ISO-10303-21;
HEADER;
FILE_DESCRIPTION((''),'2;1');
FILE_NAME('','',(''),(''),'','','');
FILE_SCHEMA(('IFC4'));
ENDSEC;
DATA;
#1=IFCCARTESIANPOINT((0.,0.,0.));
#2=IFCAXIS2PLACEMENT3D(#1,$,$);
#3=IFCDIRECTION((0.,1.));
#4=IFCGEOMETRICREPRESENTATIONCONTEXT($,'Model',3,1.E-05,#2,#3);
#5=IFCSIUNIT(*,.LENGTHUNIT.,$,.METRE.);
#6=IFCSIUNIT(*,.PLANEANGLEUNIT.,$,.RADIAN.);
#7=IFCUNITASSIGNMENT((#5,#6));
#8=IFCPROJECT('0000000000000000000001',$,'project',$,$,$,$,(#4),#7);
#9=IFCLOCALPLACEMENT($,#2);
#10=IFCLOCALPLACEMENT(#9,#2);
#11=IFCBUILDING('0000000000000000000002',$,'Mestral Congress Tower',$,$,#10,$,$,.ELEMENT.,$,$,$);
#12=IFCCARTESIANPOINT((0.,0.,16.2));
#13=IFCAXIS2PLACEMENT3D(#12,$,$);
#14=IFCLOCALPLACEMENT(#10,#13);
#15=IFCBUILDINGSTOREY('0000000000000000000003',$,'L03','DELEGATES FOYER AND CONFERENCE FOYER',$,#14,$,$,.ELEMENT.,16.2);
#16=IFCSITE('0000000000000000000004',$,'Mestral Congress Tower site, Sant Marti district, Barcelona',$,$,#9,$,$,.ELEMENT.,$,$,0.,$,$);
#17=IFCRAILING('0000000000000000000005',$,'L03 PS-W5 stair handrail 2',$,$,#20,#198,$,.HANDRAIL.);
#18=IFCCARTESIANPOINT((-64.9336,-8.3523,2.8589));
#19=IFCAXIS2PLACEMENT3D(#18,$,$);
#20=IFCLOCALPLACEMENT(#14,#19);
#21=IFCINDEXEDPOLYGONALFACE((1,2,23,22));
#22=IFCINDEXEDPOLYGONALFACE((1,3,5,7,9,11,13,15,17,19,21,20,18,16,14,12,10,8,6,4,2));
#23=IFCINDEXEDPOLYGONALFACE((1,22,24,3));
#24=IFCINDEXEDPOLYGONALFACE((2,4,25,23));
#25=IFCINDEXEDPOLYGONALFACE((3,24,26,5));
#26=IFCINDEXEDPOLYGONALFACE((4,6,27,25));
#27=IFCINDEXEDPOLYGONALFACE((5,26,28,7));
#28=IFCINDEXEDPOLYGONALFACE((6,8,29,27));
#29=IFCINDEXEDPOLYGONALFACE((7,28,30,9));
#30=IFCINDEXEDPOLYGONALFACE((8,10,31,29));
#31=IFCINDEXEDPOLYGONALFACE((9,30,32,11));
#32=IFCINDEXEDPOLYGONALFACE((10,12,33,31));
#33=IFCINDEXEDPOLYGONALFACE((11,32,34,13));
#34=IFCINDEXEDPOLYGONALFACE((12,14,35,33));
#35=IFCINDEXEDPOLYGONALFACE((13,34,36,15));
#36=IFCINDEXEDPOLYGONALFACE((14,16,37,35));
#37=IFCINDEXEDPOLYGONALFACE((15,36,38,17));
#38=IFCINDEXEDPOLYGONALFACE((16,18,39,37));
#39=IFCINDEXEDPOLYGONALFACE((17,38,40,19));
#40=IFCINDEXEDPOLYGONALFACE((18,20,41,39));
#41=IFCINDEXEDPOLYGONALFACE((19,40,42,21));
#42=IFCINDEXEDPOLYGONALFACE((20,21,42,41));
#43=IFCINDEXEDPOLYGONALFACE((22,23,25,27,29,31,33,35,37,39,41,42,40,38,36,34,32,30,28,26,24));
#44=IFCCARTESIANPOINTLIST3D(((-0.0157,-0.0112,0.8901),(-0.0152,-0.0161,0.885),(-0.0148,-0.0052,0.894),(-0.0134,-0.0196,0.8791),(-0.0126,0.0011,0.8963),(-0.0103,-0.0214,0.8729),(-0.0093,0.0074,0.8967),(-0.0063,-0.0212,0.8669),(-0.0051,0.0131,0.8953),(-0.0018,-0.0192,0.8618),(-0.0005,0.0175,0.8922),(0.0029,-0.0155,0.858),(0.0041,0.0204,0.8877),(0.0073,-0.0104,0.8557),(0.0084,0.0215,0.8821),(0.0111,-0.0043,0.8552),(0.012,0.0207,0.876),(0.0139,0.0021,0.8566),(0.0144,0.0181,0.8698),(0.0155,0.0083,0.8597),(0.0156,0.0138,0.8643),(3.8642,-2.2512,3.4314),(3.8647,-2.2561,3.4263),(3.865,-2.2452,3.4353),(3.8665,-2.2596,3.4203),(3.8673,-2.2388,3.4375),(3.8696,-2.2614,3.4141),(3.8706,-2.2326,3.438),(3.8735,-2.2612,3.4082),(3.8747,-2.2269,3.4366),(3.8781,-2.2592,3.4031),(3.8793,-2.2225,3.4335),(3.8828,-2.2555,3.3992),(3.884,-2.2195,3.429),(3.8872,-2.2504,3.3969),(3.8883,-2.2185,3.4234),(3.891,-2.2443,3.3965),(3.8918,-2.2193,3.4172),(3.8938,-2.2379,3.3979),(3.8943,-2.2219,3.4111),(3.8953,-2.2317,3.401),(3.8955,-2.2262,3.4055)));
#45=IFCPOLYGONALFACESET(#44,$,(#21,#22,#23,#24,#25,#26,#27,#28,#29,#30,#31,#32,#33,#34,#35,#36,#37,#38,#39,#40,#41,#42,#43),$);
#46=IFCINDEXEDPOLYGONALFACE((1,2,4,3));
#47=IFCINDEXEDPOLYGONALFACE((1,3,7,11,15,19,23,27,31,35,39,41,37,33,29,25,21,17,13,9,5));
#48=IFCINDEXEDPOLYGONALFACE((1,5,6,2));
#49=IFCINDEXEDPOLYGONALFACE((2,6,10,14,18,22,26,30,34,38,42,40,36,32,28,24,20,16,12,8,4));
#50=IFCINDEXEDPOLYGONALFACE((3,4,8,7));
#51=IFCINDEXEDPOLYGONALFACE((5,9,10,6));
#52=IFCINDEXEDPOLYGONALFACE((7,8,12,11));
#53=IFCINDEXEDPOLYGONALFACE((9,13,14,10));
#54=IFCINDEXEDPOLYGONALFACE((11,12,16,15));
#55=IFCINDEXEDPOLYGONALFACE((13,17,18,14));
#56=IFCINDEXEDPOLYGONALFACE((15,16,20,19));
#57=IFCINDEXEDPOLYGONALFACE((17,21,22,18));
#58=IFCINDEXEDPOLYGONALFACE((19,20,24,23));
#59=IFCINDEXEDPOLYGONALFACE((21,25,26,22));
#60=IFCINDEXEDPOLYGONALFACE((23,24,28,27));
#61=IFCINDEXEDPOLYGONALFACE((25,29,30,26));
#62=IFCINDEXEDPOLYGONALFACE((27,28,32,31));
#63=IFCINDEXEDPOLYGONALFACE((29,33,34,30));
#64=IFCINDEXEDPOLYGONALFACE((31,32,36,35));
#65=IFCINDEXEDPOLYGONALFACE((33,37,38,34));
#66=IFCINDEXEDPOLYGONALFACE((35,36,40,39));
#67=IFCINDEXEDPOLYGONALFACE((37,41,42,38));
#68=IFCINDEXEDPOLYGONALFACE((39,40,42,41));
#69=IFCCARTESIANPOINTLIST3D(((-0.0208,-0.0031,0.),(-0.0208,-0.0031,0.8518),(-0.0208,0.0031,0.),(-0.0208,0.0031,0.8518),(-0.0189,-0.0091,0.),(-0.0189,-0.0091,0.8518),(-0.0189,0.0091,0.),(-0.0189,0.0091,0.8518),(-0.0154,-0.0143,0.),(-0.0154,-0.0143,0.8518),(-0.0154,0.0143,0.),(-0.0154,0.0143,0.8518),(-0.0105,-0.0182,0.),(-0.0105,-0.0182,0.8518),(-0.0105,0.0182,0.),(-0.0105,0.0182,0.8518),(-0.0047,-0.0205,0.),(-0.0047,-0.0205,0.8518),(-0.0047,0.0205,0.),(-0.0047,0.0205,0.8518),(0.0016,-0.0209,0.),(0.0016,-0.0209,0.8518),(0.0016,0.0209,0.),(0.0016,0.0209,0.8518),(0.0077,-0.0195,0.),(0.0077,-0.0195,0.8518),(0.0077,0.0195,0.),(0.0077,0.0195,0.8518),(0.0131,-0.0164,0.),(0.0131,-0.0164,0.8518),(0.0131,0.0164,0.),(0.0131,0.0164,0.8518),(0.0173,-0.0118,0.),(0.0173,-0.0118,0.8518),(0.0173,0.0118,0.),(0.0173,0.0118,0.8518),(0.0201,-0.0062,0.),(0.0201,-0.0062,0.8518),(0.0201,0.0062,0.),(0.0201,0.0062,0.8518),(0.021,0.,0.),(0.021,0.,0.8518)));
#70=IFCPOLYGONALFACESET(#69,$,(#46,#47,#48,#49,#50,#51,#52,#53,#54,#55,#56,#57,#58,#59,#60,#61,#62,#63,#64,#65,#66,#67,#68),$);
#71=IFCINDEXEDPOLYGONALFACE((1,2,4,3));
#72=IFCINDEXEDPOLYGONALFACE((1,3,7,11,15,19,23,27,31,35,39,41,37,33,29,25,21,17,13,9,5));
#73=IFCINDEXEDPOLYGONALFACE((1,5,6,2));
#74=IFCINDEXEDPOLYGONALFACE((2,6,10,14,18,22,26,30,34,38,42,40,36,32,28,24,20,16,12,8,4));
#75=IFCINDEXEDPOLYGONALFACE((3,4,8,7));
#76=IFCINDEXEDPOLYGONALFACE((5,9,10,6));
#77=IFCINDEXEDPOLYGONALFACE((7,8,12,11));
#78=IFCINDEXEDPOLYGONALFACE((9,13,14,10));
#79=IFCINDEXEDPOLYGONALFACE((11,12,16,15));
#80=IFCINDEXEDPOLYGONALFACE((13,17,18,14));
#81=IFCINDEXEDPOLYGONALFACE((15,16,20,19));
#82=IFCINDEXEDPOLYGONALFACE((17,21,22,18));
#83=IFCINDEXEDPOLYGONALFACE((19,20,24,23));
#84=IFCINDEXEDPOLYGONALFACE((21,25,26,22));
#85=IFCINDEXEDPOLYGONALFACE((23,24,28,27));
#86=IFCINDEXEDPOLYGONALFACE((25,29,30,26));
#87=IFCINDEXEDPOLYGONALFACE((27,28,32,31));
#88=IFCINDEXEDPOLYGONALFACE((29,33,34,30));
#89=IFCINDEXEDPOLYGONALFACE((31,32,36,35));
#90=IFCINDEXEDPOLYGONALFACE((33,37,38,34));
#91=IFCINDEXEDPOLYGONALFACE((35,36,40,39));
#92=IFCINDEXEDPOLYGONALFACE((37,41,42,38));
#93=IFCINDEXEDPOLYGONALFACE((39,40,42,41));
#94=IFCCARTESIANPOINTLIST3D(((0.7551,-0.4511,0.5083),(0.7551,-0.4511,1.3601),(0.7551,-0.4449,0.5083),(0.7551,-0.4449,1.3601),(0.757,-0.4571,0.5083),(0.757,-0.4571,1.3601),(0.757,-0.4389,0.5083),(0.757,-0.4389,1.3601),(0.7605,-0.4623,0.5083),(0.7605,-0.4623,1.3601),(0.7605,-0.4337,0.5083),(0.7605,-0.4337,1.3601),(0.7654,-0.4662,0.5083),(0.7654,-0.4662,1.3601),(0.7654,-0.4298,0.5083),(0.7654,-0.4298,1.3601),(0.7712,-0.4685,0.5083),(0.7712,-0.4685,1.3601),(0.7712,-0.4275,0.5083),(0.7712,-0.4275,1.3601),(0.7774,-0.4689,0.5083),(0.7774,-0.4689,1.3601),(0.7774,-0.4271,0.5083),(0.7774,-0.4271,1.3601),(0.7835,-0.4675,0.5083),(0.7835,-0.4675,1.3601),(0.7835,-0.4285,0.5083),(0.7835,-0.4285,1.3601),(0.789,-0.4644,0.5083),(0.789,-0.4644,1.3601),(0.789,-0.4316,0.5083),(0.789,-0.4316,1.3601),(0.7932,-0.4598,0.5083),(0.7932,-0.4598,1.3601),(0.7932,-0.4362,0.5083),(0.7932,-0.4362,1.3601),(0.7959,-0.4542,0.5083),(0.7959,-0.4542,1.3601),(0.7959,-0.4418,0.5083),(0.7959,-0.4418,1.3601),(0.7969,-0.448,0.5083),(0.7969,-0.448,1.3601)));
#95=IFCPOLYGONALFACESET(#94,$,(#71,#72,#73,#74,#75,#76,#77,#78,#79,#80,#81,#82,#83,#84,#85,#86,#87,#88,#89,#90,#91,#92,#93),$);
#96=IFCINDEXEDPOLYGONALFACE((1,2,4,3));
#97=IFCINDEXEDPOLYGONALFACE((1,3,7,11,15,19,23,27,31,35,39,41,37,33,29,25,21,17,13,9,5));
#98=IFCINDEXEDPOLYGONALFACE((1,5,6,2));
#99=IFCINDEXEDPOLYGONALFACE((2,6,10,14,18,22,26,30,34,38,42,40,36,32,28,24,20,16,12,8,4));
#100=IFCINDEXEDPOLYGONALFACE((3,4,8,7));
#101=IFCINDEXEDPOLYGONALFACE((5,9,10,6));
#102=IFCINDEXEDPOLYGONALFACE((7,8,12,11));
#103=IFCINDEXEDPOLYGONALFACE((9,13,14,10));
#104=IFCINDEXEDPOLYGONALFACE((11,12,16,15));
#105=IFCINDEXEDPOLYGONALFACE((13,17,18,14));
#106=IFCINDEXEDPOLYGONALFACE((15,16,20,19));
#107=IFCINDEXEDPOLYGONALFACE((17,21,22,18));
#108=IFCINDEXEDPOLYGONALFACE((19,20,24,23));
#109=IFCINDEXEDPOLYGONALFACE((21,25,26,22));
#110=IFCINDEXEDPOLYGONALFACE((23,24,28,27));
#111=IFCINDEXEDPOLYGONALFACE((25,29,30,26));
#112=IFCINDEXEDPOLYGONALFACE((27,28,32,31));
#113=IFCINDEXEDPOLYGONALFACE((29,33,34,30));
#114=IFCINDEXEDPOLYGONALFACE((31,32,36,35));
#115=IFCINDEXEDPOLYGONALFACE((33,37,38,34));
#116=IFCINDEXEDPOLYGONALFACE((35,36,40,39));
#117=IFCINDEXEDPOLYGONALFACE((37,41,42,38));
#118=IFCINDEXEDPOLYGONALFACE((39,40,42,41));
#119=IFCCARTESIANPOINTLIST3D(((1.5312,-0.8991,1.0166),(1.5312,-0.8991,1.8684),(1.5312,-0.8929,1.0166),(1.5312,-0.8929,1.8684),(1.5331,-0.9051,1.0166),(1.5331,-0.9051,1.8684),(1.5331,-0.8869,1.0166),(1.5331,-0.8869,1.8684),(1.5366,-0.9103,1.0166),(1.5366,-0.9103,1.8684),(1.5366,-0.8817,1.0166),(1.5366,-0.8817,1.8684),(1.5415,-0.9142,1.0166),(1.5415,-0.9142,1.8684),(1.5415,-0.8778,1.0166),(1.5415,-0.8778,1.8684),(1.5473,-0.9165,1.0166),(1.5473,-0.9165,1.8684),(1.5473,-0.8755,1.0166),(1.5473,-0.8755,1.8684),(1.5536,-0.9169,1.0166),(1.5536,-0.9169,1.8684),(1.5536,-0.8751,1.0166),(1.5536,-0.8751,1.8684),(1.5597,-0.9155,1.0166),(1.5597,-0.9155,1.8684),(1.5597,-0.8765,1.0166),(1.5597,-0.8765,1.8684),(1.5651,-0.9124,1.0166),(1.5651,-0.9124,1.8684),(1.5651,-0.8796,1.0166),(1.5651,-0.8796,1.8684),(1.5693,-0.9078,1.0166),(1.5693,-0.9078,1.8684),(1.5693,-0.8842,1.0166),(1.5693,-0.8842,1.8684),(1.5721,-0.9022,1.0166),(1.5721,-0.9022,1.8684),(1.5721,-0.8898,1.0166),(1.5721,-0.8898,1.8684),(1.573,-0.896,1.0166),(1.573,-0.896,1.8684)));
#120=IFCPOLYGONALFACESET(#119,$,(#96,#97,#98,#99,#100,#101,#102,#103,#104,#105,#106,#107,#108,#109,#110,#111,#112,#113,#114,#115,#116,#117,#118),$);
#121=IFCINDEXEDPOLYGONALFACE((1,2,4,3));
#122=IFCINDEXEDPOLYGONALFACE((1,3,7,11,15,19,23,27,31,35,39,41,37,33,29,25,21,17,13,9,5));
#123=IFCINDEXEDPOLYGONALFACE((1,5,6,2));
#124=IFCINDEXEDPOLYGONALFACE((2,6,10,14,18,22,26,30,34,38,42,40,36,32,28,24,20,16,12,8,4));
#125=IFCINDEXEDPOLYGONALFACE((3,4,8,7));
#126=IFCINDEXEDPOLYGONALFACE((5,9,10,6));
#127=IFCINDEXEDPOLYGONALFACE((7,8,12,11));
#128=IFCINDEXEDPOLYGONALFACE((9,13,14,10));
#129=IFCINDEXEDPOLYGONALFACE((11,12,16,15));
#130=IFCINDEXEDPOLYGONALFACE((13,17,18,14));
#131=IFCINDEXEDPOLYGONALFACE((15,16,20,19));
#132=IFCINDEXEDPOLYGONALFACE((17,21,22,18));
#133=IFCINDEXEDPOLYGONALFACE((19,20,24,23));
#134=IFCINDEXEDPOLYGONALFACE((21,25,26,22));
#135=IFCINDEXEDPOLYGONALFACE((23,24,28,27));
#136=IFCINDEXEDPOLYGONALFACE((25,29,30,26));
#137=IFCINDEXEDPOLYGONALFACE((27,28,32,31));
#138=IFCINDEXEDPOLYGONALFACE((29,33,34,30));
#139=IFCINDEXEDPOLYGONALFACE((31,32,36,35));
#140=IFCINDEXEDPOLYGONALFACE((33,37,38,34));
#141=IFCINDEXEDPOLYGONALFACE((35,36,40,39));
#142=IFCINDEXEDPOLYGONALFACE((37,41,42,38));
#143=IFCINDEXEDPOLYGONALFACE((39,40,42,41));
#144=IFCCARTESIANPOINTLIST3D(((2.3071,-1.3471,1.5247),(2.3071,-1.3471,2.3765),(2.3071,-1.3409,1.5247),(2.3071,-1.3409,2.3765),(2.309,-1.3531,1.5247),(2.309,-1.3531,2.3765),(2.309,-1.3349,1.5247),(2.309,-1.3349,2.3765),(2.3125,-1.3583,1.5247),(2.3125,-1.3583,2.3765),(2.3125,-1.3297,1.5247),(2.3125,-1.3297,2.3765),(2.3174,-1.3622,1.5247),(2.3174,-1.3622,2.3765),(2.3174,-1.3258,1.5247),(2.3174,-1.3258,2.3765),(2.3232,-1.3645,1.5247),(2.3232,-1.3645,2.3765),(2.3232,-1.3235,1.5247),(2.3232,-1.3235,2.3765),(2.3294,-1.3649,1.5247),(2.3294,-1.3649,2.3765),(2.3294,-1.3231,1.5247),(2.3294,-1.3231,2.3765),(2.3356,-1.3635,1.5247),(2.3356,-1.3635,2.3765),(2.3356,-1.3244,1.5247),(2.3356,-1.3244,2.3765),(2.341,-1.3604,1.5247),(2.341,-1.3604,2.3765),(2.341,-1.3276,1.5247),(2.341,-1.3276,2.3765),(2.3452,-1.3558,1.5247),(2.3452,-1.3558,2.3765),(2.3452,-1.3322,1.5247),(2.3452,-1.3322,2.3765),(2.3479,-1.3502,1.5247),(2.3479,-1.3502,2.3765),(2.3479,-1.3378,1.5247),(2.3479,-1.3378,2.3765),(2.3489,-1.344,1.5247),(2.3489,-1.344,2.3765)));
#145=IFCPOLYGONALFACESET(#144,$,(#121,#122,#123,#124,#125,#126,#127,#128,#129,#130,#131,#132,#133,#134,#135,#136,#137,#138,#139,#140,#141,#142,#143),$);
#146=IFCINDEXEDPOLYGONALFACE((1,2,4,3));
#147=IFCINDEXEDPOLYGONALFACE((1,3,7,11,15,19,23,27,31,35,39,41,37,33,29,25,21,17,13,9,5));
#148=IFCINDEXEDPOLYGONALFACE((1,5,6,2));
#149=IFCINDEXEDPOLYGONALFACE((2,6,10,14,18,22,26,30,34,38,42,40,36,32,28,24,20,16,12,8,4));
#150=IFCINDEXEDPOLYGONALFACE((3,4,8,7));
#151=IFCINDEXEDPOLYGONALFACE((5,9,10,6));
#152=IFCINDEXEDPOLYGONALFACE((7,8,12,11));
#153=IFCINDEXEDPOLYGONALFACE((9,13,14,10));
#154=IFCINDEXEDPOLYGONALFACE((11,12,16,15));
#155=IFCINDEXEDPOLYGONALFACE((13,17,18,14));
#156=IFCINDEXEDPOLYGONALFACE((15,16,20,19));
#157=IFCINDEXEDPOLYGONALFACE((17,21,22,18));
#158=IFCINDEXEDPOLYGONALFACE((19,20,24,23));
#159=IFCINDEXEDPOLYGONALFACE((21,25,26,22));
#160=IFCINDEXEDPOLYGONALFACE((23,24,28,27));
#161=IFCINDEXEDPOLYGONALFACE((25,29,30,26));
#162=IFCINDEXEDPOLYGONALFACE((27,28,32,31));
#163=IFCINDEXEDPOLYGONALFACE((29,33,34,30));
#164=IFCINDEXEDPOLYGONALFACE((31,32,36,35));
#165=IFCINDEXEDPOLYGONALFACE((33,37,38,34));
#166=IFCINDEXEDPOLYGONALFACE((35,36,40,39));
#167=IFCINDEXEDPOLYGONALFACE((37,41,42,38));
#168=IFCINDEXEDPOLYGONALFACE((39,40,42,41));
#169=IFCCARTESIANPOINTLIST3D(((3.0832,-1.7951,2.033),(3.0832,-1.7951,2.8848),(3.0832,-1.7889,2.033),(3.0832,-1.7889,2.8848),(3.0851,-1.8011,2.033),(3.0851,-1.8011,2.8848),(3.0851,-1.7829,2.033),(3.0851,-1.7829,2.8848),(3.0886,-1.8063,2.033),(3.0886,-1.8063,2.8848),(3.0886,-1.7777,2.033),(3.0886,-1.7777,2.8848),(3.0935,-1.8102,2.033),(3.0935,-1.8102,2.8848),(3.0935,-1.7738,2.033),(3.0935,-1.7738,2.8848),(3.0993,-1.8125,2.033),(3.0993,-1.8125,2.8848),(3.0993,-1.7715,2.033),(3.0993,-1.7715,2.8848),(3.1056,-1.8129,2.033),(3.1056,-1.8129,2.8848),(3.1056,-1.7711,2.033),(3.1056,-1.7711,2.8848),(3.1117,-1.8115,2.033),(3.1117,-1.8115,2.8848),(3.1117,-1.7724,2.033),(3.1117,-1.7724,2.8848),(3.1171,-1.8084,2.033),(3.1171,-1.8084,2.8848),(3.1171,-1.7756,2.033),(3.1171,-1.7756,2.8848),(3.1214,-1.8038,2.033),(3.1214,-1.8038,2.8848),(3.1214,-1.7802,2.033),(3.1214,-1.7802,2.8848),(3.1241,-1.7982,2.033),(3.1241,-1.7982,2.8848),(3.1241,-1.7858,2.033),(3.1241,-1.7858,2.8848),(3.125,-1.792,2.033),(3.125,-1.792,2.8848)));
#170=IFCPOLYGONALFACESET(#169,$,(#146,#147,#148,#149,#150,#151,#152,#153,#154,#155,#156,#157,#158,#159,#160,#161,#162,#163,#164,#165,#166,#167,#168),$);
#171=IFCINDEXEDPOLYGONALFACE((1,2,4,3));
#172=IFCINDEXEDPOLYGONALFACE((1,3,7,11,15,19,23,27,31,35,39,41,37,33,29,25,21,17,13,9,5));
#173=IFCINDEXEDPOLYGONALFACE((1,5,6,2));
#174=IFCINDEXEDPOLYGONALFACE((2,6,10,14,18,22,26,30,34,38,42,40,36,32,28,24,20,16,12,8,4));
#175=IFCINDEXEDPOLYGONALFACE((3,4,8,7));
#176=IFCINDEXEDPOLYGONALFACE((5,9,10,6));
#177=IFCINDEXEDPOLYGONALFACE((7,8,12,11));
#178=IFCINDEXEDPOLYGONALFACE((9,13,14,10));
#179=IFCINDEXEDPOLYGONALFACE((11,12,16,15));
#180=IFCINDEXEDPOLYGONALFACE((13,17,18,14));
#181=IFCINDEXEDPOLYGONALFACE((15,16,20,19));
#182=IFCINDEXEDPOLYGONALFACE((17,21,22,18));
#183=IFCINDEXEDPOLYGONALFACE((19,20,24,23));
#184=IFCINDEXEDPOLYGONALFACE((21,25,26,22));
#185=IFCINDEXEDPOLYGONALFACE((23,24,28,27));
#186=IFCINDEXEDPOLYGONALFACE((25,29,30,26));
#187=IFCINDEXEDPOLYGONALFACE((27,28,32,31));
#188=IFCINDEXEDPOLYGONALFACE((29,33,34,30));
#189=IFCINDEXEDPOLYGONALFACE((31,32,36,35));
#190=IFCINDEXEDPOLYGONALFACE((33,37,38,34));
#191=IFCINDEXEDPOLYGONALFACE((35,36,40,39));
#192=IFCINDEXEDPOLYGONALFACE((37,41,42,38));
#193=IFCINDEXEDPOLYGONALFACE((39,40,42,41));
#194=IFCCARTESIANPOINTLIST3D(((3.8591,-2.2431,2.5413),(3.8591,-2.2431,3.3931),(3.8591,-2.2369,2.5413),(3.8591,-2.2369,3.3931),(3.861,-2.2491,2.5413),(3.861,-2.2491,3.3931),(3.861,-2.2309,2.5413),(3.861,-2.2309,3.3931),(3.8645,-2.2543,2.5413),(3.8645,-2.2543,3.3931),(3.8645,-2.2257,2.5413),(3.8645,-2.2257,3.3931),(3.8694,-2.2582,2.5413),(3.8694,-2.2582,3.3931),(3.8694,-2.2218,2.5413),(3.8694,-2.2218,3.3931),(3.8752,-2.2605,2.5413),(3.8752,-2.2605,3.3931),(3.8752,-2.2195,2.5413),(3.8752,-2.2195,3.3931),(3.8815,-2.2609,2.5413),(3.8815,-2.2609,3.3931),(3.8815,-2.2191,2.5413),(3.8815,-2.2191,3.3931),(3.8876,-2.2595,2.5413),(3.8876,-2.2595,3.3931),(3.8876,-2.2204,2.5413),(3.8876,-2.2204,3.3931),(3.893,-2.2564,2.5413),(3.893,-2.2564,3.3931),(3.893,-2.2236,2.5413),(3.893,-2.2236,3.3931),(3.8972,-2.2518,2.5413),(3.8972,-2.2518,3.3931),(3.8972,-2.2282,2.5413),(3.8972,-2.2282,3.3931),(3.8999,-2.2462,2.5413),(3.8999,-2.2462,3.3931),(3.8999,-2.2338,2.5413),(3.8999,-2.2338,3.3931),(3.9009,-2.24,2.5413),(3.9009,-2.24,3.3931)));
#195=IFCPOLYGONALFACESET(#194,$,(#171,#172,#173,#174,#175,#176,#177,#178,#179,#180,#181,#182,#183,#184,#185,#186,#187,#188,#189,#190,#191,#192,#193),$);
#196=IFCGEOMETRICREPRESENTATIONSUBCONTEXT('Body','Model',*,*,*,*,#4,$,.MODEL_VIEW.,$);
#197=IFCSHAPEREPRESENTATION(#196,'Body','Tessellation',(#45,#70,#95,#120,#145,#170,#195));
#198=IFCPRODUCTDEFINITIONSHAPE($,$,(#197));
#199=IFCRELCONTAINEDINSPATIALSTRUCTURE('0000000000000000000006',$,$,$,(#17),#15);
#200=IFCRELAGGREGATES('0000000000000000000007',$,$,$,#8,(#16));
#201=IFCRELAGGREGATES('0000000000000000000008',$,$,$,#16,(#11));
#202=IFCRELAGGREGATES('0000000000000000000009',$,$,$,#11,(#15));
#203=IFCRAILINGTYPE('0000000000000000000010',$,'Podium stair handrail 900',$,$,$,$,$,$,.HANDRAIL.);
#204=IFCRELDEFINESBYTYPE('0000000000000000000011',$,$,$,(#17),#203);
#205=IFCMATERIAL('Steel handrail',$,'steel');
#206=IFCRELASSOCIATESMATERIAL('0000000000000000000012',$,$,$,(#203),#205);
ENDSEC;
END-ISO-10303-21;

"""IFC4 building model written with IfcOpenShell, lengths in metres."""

from ifc_helpers import new_model, si_unit, direction, frame, origin, origin_2d, place, context, subcontext, project, spatial, circle, extrude, material, type_object, element, save


model = new_model("IFC4")

# Units and contexts
model_context = context("Model", 3, precision=1e-05, world=origin(), true_north=direction((0.0, 1.0)))
body_context = subcontext(model_context, "Body", "Model", "MODEL_VIEW")
ifc_project = project(units=[si_unit("LENGTHUNIT", "METRE"), si_unit("PLANEANGLEUNIT", "RADIAN")], contexts=[model_context])

# Site, building, storey
site_placement = place(None, origin())
site = spatial("IfcSite", under=ifc_project, at=site_placement, Name="Mestral Congress Tower site, Sant Marti district, Barcelona", CompositionType="ELEMENT", RefElevation=0.0)
building_placement = place(site_placement, origin())
building = spatial("IfcBuilding", under=site, at=building_placement, Name="Mestral Congress Tower", CompositionType="ELEMENT")
storey_placement = place(building_placement, frame((0.0, 0.0, 16.2)))
storey = spatial("IfcBuildingStorey", under=building, at=storey_placement, Name="L03", Description="DELEGATES FOYER AND CONFERENCE FOYER", CompositionType="ELEMENT", Elevation=16.2)

# Railing
ifc_material_1 = material(Name="Steel handrail", Category="steel")
railing_type_1 = type_object("IfcRailingType", Name="Podium stair handrail 900", PredefinedType="HANDRAIL", material=ifc_material_1)
railing_1_placement = place(storey_placement, frame((-64.9336, -8.3523, 2.8589)))
element("IfcRailing", 1, at=railing_1_placement, inside=storey, type_object=railing_type_1, Name="L03 PS-W5 stair handrail 2", PredefinedType="HANDRAIL", context=body_context, shape_type="SweptSolid", body=[
    extrude(circle(Radius=0.0239, at=origin_2d()), frame((0.0, 0.0, 0.876), z_axis=(0.753282, -0.434896, 0.493388), x_axis=(0.49999, 0.866031, 0.0)), (0.0, 0.0, 1.0), 5.1506),
    extrude(circle(Radius=0.021, at=origin_2d()), origin(), (0.0, 0.0, 1.0), 0.8518),
    extrude(circle(Radius=0.021, at=origin_2d()), frame((0.7759, -0.448, 0.5083)), (0.0, 0.0, 1.0), 0.8518),
    extrude(circle(Radius=0.021, at=origin_2d()), frame((1.552, -0.896, 1.0166)), (0.0, 0.0, 1.0), 0.8518),
    extrude(circle(Radius=0.021, at=origin_2d()), frame((2.3279, -1.344, 1.5247)), (0.0, 0.0, 1.0), 0.8518),
    extrude(circle(Radius=0.021, at=origin_2d()), frame((3.104, -1.792, 2.033)), (0.0, 0.0, 1.0), 0.8518),
    extrude(circle(Radius=0.021, at=origin_2d()), frame((3.8799, -2.24, 2.5413)), (0.0, 0.0, 1.0), 0.8518),
])

save(model, "model.ifc")
